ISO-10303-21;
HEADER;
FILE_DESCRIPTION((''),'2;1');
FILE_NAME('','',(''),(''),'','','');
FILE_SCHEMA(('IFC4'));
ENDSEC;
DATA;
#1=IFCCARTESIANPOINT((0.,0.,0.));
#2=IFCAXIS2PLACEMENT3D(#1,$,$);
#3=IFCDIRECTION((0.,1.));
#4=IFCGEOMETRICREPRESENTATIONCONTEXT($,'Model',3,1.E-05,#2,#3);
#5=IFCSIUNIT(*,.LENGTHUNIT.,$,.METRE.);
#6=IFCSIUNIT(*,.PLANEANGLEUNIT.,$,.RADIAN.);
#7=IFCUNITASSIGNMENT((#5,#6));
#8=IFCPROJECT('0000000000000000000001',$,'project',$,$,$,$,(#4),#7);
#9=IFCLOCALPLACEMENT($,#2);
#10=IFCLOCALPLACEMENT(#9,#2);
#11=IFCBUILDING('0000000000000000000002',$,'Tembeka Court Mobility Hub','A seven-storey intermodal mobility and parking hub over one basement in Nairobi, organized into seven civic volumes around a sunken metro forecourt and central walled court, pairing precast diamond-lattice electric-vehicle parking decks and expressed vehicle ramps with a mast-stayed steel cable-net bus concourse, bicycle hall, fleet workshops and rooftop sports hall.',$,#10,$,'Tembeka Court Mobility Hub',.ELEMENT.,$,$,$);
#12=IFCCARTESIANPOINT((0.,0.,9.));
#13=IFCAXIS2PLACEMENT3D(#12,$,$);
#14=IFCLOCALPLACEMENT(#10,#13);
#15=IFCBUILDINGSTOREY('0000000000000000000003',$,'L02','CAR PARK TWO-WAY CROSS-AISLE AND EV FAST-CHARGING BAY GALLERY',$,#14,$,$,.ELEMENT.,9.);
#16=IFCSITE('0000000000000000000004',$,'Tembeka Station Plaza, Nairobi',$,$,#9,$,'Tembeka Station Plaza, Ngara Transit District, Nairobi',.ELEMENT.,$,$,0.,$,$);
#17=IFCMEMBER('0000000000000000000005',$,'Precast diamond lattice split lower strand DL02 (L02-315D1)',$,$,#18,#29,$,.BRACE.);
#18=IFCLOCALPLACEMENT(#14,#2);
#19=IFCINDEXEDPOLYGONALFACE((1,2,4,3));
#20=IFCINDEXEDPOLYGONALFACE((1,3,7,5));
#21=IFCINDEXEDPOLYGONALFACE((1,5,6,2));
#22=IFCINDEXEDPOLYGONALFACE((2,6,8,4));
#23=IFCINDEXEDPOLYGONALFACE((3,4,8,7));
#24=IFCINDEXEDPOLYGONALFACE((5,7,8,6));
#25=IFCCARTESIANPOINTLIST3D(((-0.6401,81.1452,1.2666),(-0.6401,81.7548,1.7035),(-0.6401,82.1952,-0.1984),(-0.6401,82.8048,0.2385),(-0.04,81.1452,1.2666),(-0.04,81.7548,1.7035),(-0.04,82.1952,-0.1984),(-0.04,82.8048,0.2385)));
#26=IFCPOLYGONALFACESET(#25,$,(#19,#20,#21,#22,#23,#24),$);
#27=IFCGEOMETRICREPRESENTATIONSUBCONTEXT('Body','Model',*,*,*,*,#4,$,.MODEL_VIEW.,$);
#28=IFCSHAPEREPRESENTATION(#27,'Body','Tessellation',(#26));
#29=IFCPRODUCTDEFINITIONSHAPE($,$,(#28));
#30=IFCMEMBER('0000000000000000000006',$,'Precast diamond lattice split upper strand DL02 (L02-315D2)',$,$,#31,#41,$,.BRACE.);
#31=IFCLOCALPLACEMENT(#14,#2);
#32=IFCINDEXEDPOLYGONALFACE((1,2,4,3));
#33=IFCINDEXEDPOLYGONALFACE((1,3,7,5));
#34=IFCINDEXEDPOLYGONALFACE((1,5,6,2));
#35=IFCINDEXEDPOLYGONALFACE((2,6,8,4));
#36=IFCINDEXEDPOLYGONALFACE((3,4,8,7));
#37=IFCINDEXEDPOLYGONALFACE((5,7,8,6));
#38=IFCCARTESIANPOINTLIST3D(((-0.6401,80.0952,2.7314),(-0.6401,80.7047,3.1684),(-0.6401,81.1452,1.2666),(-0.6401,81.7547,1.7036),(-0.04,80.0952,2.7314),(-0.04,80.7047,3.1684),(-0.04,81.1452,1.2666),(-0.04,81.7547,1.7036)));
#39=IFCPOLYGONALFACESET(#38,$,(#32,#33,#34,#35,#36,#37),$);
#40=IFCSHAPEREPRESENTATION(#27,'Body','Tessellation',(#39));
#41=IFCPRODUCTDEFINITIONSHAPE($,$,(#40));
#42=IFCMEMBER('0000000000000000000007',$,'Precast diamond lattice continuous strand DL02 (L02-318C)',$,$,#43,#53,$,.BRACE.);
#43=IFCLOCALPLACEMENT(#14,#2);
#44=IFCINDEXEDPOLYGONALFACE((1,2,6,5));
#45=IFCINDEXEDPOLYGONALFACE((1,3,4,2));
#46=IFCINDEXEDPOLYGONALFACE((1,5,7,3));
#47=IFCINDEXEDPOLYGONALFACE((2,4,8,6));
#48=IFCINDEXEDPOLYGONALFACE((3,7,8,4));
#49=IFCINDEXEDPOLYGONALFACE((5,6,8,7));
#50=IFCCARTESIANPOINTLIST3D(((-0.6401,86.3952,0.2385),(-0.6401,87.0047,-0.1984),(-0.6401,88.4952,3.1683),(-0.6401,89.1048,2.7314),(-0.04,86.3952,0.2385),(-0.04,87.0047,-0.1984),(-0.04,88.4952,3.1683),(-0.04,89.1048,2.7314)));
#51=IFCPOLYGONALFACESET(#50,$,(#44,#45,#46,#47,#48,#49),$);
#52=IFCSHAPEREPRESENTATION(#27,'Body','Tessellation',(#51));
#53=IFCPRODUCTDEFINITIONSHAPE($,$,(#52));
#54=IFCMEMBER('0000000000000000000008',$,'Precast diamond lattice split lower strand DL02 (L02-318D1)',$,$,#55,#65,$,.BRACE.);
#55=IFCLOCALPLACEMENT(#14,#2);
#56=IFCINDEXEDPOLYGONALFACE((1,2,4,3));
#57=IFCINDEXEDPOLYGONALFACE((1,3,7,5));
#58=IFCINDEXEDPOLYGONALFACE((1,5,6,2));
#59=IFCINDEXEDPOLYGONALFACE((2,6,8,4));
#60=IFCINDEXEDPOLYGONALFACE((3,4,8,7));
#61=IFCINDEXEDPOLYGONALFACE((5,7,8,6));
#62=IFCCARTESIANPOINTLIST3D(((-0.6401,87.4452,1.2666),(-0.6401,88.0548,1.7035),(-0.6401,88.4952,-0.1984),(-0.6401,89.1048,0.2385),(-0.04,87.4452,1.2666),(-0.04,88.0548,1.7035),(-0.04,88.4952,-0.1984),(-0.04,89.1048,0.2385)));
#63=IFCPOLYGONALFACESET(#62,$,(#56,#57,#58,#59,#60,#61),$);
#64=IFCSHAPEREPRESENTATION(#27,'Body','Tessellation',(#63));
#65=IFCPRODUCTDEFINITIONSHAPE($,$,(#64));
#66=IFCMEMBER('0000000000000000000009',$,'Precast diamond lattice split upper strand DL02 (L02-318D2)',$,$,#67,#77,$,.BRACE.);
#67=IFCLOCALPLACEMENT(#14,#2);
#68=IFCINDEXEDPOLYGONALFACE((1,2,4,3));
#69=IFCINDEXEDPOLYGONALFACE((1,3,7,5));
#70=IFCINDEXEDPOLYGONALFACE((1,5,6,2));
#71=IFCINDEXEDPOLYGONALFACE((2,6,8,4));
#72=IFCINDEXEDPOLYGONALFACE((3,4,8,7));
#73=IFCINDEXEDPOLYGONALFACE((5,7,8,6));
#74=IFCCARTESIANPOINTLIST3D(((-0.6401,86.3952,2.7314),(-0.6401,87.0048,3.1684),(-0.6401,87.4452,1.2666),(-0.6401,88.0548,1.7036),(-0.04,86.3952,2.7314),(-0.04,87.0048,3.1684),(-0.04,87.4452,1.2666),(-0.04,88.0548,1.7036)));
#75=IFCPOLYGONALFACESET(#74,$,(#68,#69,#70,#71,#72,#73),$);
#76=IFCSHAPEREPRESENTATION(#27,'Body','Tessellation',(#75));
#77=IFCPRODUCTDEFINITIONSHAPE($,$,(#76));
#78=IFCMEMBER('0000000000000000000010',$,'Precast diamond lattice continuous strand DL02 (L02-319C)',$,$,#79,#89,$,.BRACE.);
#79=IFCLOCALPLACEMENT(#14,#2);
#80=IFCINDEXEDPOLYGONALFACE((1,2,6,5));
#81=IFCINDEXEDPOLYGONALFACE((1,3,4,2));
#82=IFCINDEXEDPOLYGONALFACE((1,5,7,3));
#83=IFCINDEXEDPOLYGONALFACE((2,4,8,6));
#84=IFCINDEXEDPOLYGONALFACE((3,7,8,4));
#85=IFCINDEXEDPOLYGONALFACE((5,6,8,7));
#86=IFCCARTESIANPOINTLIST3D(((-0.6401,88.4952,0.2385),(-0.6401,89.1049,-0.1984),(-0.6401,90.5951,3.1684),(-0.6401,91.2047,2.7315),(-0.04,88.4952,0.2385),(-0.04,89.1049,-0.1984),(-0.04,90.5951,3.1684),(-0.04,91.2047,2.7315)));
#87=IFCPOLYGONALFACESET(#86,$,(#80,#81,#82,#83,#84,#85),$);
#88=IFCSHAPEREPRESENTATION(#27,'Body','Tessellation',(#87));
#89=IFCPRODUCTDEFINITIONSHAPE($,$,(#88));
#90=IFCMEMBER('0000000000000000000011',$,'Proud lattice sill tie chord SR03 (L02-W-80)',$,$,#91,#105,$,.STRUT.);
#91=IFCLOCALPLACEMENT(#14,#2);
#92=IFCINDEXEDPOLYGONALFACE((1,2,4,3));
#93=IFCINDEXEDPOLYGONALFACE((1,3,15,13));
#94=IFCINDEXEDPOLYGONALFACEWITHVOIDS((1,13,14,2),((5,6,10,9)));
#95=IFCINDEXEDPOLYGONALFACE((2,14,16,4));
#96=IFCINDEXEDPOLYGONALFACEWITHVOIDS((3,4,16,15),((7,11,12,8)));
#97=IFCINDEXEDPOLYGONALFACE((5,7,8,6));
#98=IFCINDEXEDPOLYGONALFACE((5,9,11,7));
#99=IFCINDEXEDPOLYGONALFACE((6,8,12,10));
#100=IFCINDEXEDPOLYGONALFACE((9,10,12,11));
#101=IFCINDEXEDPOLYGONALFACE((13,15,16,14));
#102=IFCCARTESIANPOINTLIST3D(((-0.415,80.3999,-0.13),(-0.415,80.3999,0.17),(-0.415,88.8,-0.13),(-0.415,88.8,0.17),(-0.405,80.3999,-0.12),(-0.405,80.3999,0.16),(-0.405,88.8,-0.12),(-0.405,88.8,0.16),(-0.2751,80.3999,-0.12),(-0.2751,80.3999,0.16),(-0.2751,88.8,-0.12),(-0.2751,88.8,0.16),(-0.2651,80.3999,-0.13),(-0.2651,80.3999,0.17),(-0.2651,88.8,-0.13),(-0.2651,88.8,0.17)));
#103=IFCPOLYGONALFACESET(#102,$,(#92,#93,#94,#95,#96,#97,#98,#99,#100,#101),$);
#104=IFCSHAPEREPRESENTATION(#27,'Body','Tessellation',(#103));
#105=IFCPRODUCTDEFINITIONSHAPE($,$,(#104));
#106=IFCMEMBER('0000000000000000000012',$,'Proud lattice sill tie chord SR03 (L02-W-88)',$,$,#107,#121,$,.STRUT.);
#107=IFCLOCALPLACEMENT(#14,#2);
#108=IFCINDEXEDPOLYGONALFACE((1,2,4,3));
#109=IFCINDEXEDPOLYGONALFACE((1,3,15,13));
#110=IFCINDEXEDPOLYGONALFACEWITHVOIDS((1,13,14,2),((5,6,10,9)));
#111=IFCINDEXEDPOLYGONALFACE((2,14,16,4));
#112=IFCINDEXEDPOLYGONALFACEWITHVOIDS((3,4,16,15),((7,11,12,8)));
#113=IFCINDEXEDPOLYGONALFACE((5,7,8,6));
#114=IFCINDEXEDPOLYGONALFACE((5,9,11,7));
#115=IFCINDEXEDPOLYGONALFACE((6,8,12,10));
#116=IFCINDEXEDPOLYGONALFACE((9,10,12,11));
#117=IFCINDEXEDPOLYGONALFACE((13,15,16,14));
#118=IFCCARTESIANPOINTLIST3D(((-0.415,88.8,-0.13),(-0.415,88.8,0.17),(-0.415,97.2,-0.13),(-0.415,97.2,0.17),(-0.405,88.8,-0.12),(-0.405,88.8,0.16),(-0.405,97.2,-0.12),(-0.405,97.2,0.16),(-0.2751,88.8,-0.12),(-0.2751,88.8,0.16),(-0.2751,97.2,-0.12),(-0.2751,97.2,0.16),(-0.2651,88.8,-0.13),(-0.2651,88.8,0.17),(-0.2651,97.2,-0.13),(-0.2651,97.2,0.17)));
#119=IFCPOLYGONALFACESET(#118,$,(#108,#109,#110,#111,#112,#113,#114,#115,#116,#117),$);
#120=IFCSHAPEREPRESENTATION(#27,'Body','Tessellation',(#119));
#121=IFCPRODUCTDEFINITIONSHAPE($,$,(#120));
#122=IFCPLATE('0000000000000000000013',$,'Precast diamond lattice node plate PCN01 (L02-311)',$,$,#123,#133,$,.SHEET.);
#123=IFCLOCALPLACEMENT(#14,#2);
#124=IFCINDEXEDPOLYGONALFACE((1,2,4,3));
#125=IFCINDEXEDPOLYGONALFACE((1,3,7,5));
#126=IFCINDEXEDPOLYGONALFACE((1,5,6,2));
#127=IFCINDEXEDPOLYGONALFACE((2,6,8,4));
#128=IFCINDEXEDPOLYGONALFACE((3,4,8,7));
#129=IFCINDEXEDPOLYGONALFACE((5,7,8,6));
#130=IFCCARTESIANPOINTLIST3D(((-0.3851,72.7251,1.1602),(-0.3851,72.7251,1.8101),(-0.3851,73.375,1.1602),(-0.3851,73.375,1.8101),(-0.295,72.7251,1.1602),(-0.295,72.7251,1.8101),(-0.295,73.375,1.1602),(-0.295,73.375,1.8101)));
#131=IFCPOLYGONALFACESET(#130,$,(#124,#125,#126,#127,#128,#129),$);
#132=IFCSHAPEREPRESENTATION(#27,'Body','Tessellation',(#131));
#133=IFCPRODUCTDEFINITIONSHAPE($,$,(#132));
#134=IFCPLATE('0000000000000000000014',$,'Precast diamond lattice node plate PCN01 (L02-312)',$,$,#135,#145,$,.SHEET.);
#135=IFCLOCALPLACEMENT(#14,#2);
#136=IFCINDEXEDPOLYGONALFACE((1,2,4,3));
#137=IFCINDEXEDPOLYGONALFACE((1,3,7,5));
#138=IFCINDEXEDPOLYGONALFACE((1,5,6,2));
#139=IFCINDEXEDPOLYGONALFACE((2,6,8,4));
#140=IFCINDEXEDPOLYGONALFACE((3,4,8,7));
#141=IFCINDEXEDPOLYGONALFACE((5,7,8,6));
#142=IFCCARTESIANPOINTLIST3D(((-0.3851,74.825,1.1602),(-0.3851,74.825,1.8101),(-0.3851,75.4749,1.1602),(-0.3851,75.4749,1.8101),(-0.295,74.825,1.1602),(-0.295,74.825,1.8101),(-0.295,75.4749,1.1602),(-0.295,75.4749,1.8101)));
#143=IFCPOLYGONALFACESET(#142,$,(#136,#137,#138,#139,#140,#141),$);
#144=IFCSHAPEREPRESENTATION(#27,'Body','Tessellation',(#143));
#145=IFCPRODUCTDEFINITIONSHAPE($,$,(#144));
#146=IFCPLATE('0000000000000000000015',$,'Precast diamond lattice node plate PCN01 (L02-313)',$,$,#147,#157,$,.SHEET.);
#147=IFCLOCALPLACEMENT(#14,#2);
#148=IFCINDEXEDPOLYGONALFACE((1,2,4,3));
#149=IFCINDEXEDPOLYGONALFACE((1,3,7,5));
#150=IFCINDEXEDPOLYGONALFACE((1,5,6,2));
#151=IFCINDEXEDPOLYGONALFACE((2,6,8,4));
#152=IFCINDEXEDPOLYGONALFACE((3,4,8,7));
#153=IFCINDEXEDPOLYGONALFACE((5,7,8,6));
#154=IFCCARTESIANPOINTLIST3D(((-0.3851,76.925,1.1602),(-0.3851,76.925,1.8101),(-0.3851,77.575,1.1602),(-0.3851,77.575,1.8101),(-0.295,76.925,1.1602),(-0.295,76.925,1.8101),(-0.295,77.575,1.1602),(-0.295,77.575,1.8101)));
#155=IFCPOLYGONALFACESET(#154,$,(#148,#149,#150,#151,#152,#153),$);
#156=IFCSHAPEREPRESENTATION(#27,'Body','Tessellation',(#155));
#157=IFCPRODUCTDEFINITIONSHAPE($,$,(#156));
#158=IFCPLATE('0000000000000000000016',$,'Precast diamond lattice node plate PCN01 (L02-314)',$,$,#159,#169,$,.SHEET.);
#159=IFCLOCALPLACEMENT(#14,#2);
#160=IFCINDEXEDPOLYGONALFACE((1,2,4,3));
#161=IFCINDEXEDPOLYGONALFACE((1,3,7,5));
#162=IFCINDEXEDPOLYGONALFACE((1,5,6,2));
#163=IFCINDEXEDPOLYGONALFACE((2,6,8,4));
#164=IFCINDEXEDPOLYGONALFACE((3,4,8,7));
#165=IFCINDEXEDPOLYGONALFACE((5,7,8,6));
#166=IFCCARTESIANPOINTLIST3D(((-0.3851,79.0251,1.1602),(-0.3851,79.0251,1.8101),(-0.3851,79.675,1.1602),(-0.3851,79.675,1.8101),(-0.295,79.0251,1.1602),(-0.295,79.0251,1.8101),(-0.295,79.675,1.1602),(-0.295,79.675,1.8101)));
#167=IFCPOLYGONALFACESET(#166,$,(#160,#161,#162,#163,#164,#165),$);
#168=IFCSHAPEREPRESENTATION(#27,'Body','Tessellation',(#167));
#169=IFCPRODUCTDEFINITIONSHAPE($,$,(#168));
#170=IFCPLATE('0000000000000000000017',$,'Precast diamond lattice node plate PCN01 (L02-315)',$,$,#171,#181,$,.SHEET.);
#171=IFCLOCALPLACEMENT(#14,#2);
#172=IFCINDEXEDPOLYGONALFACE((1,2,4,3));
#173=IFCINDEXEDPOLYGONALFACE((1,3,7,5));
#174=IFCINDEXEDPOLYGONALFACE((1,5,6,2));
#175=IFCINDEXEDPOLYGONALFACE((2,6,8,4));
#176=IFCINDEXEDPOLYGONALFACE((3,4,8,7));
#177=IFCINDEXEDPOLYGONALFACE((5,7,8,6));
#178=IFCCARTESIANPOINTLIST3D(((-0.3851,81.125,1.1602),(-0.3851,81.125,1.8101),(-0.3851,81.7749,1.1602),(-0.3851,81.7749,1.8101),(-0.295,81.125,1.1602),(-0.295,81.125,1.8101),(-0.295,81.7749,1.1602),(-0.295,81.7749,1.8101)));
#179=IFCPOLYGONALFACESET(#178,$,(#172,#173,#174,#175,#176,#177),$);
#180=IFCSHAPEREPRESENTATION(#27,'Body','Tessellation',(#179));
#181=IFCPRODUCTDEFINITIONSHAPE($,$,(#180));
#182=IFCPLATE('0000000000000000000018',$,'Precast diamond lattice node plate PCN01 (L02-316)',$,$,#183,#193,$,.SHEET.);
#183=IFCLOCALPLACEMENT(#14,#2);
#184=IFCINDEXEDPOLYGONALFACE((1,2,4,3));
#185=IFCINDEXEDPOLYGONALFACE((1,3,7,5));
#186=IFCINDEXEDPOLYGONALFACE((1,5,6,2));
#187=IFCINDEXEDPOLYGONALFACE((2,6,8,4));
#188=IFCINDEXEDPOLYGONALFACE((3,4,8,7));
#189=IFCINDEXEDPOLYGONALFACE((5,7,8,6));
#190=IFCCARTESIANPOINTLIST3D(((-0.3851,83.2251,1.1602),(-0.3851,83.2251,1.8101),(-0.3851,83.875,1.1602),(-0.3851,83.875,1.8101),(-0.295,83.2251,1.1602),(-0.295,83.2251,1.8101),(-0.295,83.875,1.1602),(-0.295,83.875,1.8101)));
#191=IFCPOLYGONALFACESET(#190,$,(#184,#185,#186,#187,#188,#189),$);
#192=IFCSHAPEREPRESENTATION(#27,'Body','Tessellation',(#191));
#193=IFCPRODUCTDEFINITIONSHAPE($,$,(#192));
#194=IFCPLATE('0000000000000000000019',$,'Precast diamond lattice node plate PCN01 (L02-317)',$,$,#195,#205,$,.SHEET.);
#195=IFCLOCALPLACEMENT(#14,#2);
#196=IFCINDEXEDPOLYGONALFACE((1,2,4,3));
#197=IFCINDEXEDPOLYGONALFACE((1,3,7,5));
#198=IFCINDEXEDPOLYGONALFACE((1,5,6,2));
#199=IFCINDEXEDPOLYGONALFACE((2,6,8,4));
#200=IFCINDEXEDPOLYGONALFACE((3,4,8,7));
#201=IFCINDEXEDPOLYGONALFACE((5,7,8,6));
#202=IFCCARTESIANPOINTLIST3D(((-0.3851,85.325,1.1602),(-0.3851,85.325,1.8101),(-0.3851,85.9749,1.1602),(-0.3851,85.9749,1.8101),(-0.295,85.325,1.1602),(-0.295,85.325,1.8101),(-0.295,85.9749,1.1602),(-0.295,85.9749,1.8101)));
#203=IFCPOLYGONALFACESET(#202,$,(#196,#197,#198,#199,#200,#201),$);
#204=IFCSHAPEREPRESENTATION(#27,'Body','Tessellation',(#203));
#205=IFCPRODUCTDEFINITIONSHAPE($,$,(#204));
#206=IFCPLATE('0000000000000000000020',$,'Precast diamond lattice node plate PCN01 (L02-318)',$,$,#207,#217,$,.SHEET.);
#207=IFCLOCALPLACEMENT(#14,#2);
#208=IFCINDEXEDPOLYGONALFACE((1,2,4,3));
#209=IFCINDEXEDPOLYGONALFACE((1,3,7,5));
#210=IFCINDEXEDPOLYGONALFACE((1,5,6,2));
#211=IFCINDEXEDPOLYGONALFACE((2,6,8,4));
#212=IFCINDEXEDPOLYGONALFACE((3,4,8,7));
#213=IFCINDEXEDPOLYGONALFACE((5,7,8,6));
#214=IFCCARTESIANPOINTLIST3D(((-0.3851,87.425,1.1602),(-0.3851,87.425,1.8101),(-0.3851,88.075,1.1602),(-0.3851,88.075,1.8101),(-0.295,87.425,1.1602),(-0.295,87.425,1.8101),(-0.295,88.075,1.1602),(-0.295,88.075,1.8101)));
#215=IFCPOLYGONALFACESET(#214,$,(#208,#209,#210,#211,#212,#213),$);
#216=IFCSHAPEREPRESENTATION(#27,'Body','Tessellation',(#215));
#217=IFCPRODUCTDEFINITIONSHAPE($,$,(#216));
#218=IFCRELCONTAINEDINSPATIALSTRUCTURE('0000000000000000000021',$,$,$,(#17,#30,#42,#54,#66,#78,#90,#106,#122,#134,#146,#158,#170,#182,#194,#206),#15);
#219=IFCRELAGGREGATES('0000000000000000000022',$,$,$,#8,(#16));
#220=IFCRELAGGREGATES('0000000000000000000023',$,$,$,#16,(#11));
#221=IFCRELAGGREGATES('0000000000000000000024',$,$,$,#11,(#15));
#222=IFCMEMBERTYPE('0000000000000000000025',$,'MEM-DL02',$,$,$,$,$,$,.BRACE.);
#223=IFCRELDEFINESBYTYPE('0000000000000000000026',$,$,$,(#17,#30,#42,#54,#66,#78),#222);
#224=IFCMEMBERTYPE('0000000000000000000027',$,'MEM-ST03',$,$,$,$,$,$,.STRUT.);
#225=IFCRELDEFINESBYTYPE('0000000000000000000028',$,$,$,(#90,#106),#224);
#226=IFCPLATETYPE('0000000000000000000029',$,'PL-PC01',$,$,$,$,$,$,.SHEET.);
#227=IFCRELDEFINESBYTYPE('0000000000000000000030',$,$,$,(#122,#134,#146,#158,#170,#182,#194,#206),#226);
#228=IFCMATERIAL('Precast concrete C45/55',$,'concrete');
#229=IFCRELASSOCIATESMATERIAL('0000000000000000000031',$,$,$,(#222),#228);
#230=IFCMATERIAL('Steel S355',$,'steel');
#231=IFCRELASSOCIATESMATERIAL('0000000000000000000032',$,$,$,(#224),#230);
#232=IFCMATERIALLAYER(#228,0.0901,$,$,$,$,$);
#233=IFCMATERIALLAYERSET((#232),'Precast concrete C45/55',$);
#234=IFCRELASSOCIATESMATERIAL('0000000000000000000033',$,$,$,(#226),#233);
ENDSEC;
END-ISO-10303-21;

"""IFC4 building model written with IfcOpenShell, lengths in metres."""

from ifc_helpers import new_model, si_unit, direction, frame, origin, origin_2d, place, context, subcontext, project, spatial, rectangle, hollow_rectangle, extrude, material, layer, layer_set, material_profile, profile_set, type_object, element, save


model = new_model("IFC4")

# Units and contexts
model_context = context("Model", 3, precision=1e-05, world=origin(), true_north=direction((0.0, 1.0)))
body_context = subcontext(model_context, "Body", "Model", "MODEL_VIEW")
ifc_project = project(units=[si_unit("LENGTHUNIT", "METRE"), si_unit("PLANEANGLEUNIT", "RADIAN")], contexts=[model_context])

# Site, building, storey
site_placement = place(None, origin())
site = spatial("IfcSite", under=ifc_project, at=site_placement, Name="Tembeka Station Plaza, Nairobi", LongName="Tembeka Station Plaza, Ngara Transit District, Nairobi", CompositionType="ELEMENT", RefElevation=0.0)
building_placement = place(site_placement, origin())
building = spatial("IfcBuilding", under=site, at=building_placement, Name="Tembeka Court Mobility Hub", Description="A seven-storey intermodal mobility and parking hub over one basement in Nairobi, organized into seven civic volumes around a sunken metro forecourt and central walled court, pairing precast diamond-lattice electric-vehicle parking decks and expressed vehicle ramps with a mast-stayed steel cable-net bus concourse, bicycle hall, fleet workshops and rooftop sports hall.", LongName="Tembeka Court Mobility Hub", CompositionType="ELEMENT")
storey_placement = place(building_placement, frame((0.0, 0.0, 9.0)))
storey = spatial("IfcBuildingStorey", under=building, at=storey_placement, Name="L02", Description="CAR PARK TWO-WAY CROSS-AISLE AND EV FAST-CHARGING BAY GALLERY", CompositionType="ELEMENT", Elevation=9.0)

# Shared definitions
ifc_material_1 = material(Name="Steel S355", Category="steel")

# Members
ifc_material_2 = material(Name="Precast concrete C45/55", Category="concrete")
ifc_material_profile_1 = material_profile(ifc_material_2, rectangle(XDim=0.6001, YDim=0.75, at=origin_2d()), Name="PC-DIAG 600x750")
ifc_profile_set_1 = profile_set([ifc_material_profile_1], Name="Precast concrete C45/55")
member_type_1 = type_object("IfcMemberType", Name="MEM-DL02", PredefinedType="BRACE", material=ifc_profile_set_1)
member_1_placement = place(storey_placement, frame((-0.3401, 82.5, 0.02), z_axis=(0.0, -0.582544, 0.812799), x_axis=(1.0, 0.0, 0.0)))
element("IfcMember", 1, at=member_1_placement, inside=storey, type_object=member_type_1, Name="Precast diamond lattice split lower strand DL02 (L02-315D1)", PredefinedType="BRACE", context=body_context, shape_type="SweptSolid", body=[
    extrude(rectangle(XDim=0.6001, YDim=0.75, at=origin_2d()), origin(), (0.0, 0.0, 1.0), 1.8025),
])
member_2_placement = place(storey_placement, frame((-0.3401, 81.45, 1.4851), z_axis=(0.0, -0.582608, 0.812753), x_axis=(1.0, 0.0, 0.0)))
element("IfcMember", 2, at=member_2_placement, inside=storey, type_object=member_type_1, Name="Precast diamond lattice split upper strand DL02 (L02-315D2)", PredefinedType="BRACE", context=body_context, shape_type="SweptSolid", body=[
    extrude(rectangle(XDim=0.6001, YDim=0.75, at=origin_2d()), origin(), (0.0, 0.0, 1.0), 1.8022),
])
member_3_placement = place(storey_placement, frame((-0.3401, 86.7, 0.02), z_axis=(0.0, 0.582576, 0.812776), x_axis=(-1.0, 0.0, 0.0)))
element("IfcMember", 3, at=member_3_placement, inside=storey, type_object=member_type_1, Name="Precast diamond lattice continuous strand DL02 (L02-318C)", PredefinedType="BRACE", context=body_context, shape_type="SweptSolid", body=[
    extrude(rectangle(XDim=0.6001, YDim=0.75, at=origin_2d()), origin(), (0.0, 0.0, 1.0), 3.6047),
])
member_4_placement = place(storey_placement, frame((-0.3401, 88.8, 0.02), z_axis=(0.0, -0.582544, 0.812799), x_axis=(1.0, 0.0, 0.0)))
element("IfcMember", 4, at=member_4_placement, inside=storey, type_object=member_type_1, Name="Precast diamond lattice split lower strand DL02 (L02-318D1)", PredefinedType="BRACE", context=body_context, shape_type="SweptSolid", body=[
    extrude(rectangle(XDim=0.6001, YDim=0.75, at=origin_2d()), origin(), (0.0, 0.0, 1.0), 1.8025),
])
member_5_placement = place(storey_placement, frame((-0.3401, 87.75, 1.4851), z_axis=(0.0, -0.582608, 0.812753), x_axis=(1.0, 0.0, 0.0)))
element("IfcMember", 5, at=member_5_placement, inside=storey, type_object=member_type_1, Name="Precast diamond lattice split upper strand DL02 (L02-318D2)", PredefinedType="BRACE", context=body_context, shape_type="SweptSolid", body=[
    extrude(rectangle(XDim=0.6001, YDim=0.75, at=origin_2d()), origin(), (0.0, 0.0, 1.0), 1.8022),
])
member_6_placement = place(storey_placement, frame((-0.3401, 88.8, 0.02), z_axis=(0.0, 0.582532, 0.812808), x_axis=(-1.0, 0.0, 0.0)))
element("IfcMember", 6, at=member_6_placement, inside=storey, type_object=member_type_1, Name="Precast diamond lattice continuous strand DL02 (L02-319C)", PredefinedType="BRACE", context=body_context, shape_type="SweptSolid", body=[
    extrude(rectangle(XDim=0.6001, YDim=0.75, at=origin_2d()), origin(), (0.0, 0.0, 1.0), 3.6047),
])
ifc_material_profile_2 = material_profile(ifc_material_1, hollow_rectangle(XDim=0.1499, YDim=0.3, WallThickness=0.01, at=origin_2d()), Name="RHS 300x150x10")
ifc_profile_set_2 = profile_set([ifc_material_profile_2], Name="Steel S355")
member_type_2 = type_object("IfcMemberType", Name="MEM-ST03", PredefinedType="STRUT", material=ifc_profile_set_2)
member_7_placement = place(storey_placement, frame((-0.3401, 80.3999, 0.02), z_axis=(0.0, 1.0, 0.0), x_axis=(-1.0, 0.0, 0.0)))
element("IfcMember", 7, at=member_7_placement, inside=storey, type_object=member_type_2, Name="Proud lattice sill tie chord SR03 (L02-W-80)", PredefinedType="STRUT", context=body_context, shape_type="SweptSolid", body=[
    extrude(hollow_rectangle(XDim=0.1499, YDim=0.3, WallThickness=0.01, at=origin_2d()), origin(), (0.0, 0.0, 1.0), 8.4001),
])
member_8_placement = place(storey_placement, frame((-0.3401, 88.8, 0.02), z_axis=(0.0, 1.0, 0.0), x_axis=(-1.0, 0.0, 0.0)))
element("IfcMember", 8, at=member_8_placement, inside=storey, type_object=member_type_2, Name="Proud lattice sill tie chord SR03 (L02-W-88)", PredefinedType="STRUT", context=body_context, shape_type="SweptSolid", body=[
    extrude(hollow_rectangle(XDim=0.1499, YDim=0.3, WallThickness=0.01, at=origin_2d()), origin(), (0.0, 0.0, 1.0), 8.3999),
])

# Plates
ifc_layer = layer(ifc_material_2, 0.0901)
ifc_layer_set = layer_set([ifc_layer], Name="Precast concrete C45/55")
plate_type = type_object("IfcPlateType", Name="PL-PC01", PredefinedType="SHEET", material=ifc_layer_set)
for number, where, z_axis, x_axis, name in (
    (9, (-0.3401, 73.05, 1.1602), (0.0, 0.0, 1.0), (1.0, 0.0, 0.0), "Precast diamond lattice node plate PCN01 (L02-311)"),
    (10, (-0.3401, 75.1499, 1.1602), (0.0, 0.0, 1.0), (1.0, 0.0, 0.0), "Precast diamond lattice node plate PCN01 (L02-312)"),
    (11, (-0.3401, 77.25, 1.1602), (0.0, 0.0, 1.0), (1.0, 0.0, 0.0), "Precast diamond lattice node plate PCN01 (L02-313)"),
    (12, (-0.3401, 79.3501, 1.1602), (0.0, 0.0, 1.0), (1.0, 0.0, 0.0), "Precast diamond lattice node plate PCN01 (L02-314)"),
    (13, (-0.3401, 81.45, 1.1602), (0.0, 0.0, 1.0), (1.0, 0.0, 0.0), "Precast diamond lattice node plate PCN01 (L02-315)"),
    (14, (-0.3401, 83.55, 1.1602), (0.0, 0.0, 1.0), (1.0, 0.0, 0.0), "Precast diamond lattice node plate PCN01 (L02-316)"),
    (15, (-0.3401, 85.6499, 1.1602), (0.0, 0.0, 1.0), (1.0, 0.0, 0.0), "Precast diamond lattice node plate PCN01 (L02-317)"),
    (16, (-0.3401, 87.75, 1.1602), (0.0, 0.0, 1.0), (1.0, 0.0, 0.0), "Precast diamond lattice node plate PCN01 (L02-318)"),
):
    element("IfcPlate", number, at=place(storey_placement, frame(where, z_axis=z_axis, x_axis=x_axis)), inside=storey, type_object=plate_type, Name=name, PredefinedType="SHEET", context=body_context, shape_type="SweptSolid", body=[
        extrude(rectangle(XDim=0.0901, YDim=0.6499, at=origin_2d()), origin(), (0.0, 0.0, 1.0), 0.6499),
    ])

save(model, "model.ifc")
